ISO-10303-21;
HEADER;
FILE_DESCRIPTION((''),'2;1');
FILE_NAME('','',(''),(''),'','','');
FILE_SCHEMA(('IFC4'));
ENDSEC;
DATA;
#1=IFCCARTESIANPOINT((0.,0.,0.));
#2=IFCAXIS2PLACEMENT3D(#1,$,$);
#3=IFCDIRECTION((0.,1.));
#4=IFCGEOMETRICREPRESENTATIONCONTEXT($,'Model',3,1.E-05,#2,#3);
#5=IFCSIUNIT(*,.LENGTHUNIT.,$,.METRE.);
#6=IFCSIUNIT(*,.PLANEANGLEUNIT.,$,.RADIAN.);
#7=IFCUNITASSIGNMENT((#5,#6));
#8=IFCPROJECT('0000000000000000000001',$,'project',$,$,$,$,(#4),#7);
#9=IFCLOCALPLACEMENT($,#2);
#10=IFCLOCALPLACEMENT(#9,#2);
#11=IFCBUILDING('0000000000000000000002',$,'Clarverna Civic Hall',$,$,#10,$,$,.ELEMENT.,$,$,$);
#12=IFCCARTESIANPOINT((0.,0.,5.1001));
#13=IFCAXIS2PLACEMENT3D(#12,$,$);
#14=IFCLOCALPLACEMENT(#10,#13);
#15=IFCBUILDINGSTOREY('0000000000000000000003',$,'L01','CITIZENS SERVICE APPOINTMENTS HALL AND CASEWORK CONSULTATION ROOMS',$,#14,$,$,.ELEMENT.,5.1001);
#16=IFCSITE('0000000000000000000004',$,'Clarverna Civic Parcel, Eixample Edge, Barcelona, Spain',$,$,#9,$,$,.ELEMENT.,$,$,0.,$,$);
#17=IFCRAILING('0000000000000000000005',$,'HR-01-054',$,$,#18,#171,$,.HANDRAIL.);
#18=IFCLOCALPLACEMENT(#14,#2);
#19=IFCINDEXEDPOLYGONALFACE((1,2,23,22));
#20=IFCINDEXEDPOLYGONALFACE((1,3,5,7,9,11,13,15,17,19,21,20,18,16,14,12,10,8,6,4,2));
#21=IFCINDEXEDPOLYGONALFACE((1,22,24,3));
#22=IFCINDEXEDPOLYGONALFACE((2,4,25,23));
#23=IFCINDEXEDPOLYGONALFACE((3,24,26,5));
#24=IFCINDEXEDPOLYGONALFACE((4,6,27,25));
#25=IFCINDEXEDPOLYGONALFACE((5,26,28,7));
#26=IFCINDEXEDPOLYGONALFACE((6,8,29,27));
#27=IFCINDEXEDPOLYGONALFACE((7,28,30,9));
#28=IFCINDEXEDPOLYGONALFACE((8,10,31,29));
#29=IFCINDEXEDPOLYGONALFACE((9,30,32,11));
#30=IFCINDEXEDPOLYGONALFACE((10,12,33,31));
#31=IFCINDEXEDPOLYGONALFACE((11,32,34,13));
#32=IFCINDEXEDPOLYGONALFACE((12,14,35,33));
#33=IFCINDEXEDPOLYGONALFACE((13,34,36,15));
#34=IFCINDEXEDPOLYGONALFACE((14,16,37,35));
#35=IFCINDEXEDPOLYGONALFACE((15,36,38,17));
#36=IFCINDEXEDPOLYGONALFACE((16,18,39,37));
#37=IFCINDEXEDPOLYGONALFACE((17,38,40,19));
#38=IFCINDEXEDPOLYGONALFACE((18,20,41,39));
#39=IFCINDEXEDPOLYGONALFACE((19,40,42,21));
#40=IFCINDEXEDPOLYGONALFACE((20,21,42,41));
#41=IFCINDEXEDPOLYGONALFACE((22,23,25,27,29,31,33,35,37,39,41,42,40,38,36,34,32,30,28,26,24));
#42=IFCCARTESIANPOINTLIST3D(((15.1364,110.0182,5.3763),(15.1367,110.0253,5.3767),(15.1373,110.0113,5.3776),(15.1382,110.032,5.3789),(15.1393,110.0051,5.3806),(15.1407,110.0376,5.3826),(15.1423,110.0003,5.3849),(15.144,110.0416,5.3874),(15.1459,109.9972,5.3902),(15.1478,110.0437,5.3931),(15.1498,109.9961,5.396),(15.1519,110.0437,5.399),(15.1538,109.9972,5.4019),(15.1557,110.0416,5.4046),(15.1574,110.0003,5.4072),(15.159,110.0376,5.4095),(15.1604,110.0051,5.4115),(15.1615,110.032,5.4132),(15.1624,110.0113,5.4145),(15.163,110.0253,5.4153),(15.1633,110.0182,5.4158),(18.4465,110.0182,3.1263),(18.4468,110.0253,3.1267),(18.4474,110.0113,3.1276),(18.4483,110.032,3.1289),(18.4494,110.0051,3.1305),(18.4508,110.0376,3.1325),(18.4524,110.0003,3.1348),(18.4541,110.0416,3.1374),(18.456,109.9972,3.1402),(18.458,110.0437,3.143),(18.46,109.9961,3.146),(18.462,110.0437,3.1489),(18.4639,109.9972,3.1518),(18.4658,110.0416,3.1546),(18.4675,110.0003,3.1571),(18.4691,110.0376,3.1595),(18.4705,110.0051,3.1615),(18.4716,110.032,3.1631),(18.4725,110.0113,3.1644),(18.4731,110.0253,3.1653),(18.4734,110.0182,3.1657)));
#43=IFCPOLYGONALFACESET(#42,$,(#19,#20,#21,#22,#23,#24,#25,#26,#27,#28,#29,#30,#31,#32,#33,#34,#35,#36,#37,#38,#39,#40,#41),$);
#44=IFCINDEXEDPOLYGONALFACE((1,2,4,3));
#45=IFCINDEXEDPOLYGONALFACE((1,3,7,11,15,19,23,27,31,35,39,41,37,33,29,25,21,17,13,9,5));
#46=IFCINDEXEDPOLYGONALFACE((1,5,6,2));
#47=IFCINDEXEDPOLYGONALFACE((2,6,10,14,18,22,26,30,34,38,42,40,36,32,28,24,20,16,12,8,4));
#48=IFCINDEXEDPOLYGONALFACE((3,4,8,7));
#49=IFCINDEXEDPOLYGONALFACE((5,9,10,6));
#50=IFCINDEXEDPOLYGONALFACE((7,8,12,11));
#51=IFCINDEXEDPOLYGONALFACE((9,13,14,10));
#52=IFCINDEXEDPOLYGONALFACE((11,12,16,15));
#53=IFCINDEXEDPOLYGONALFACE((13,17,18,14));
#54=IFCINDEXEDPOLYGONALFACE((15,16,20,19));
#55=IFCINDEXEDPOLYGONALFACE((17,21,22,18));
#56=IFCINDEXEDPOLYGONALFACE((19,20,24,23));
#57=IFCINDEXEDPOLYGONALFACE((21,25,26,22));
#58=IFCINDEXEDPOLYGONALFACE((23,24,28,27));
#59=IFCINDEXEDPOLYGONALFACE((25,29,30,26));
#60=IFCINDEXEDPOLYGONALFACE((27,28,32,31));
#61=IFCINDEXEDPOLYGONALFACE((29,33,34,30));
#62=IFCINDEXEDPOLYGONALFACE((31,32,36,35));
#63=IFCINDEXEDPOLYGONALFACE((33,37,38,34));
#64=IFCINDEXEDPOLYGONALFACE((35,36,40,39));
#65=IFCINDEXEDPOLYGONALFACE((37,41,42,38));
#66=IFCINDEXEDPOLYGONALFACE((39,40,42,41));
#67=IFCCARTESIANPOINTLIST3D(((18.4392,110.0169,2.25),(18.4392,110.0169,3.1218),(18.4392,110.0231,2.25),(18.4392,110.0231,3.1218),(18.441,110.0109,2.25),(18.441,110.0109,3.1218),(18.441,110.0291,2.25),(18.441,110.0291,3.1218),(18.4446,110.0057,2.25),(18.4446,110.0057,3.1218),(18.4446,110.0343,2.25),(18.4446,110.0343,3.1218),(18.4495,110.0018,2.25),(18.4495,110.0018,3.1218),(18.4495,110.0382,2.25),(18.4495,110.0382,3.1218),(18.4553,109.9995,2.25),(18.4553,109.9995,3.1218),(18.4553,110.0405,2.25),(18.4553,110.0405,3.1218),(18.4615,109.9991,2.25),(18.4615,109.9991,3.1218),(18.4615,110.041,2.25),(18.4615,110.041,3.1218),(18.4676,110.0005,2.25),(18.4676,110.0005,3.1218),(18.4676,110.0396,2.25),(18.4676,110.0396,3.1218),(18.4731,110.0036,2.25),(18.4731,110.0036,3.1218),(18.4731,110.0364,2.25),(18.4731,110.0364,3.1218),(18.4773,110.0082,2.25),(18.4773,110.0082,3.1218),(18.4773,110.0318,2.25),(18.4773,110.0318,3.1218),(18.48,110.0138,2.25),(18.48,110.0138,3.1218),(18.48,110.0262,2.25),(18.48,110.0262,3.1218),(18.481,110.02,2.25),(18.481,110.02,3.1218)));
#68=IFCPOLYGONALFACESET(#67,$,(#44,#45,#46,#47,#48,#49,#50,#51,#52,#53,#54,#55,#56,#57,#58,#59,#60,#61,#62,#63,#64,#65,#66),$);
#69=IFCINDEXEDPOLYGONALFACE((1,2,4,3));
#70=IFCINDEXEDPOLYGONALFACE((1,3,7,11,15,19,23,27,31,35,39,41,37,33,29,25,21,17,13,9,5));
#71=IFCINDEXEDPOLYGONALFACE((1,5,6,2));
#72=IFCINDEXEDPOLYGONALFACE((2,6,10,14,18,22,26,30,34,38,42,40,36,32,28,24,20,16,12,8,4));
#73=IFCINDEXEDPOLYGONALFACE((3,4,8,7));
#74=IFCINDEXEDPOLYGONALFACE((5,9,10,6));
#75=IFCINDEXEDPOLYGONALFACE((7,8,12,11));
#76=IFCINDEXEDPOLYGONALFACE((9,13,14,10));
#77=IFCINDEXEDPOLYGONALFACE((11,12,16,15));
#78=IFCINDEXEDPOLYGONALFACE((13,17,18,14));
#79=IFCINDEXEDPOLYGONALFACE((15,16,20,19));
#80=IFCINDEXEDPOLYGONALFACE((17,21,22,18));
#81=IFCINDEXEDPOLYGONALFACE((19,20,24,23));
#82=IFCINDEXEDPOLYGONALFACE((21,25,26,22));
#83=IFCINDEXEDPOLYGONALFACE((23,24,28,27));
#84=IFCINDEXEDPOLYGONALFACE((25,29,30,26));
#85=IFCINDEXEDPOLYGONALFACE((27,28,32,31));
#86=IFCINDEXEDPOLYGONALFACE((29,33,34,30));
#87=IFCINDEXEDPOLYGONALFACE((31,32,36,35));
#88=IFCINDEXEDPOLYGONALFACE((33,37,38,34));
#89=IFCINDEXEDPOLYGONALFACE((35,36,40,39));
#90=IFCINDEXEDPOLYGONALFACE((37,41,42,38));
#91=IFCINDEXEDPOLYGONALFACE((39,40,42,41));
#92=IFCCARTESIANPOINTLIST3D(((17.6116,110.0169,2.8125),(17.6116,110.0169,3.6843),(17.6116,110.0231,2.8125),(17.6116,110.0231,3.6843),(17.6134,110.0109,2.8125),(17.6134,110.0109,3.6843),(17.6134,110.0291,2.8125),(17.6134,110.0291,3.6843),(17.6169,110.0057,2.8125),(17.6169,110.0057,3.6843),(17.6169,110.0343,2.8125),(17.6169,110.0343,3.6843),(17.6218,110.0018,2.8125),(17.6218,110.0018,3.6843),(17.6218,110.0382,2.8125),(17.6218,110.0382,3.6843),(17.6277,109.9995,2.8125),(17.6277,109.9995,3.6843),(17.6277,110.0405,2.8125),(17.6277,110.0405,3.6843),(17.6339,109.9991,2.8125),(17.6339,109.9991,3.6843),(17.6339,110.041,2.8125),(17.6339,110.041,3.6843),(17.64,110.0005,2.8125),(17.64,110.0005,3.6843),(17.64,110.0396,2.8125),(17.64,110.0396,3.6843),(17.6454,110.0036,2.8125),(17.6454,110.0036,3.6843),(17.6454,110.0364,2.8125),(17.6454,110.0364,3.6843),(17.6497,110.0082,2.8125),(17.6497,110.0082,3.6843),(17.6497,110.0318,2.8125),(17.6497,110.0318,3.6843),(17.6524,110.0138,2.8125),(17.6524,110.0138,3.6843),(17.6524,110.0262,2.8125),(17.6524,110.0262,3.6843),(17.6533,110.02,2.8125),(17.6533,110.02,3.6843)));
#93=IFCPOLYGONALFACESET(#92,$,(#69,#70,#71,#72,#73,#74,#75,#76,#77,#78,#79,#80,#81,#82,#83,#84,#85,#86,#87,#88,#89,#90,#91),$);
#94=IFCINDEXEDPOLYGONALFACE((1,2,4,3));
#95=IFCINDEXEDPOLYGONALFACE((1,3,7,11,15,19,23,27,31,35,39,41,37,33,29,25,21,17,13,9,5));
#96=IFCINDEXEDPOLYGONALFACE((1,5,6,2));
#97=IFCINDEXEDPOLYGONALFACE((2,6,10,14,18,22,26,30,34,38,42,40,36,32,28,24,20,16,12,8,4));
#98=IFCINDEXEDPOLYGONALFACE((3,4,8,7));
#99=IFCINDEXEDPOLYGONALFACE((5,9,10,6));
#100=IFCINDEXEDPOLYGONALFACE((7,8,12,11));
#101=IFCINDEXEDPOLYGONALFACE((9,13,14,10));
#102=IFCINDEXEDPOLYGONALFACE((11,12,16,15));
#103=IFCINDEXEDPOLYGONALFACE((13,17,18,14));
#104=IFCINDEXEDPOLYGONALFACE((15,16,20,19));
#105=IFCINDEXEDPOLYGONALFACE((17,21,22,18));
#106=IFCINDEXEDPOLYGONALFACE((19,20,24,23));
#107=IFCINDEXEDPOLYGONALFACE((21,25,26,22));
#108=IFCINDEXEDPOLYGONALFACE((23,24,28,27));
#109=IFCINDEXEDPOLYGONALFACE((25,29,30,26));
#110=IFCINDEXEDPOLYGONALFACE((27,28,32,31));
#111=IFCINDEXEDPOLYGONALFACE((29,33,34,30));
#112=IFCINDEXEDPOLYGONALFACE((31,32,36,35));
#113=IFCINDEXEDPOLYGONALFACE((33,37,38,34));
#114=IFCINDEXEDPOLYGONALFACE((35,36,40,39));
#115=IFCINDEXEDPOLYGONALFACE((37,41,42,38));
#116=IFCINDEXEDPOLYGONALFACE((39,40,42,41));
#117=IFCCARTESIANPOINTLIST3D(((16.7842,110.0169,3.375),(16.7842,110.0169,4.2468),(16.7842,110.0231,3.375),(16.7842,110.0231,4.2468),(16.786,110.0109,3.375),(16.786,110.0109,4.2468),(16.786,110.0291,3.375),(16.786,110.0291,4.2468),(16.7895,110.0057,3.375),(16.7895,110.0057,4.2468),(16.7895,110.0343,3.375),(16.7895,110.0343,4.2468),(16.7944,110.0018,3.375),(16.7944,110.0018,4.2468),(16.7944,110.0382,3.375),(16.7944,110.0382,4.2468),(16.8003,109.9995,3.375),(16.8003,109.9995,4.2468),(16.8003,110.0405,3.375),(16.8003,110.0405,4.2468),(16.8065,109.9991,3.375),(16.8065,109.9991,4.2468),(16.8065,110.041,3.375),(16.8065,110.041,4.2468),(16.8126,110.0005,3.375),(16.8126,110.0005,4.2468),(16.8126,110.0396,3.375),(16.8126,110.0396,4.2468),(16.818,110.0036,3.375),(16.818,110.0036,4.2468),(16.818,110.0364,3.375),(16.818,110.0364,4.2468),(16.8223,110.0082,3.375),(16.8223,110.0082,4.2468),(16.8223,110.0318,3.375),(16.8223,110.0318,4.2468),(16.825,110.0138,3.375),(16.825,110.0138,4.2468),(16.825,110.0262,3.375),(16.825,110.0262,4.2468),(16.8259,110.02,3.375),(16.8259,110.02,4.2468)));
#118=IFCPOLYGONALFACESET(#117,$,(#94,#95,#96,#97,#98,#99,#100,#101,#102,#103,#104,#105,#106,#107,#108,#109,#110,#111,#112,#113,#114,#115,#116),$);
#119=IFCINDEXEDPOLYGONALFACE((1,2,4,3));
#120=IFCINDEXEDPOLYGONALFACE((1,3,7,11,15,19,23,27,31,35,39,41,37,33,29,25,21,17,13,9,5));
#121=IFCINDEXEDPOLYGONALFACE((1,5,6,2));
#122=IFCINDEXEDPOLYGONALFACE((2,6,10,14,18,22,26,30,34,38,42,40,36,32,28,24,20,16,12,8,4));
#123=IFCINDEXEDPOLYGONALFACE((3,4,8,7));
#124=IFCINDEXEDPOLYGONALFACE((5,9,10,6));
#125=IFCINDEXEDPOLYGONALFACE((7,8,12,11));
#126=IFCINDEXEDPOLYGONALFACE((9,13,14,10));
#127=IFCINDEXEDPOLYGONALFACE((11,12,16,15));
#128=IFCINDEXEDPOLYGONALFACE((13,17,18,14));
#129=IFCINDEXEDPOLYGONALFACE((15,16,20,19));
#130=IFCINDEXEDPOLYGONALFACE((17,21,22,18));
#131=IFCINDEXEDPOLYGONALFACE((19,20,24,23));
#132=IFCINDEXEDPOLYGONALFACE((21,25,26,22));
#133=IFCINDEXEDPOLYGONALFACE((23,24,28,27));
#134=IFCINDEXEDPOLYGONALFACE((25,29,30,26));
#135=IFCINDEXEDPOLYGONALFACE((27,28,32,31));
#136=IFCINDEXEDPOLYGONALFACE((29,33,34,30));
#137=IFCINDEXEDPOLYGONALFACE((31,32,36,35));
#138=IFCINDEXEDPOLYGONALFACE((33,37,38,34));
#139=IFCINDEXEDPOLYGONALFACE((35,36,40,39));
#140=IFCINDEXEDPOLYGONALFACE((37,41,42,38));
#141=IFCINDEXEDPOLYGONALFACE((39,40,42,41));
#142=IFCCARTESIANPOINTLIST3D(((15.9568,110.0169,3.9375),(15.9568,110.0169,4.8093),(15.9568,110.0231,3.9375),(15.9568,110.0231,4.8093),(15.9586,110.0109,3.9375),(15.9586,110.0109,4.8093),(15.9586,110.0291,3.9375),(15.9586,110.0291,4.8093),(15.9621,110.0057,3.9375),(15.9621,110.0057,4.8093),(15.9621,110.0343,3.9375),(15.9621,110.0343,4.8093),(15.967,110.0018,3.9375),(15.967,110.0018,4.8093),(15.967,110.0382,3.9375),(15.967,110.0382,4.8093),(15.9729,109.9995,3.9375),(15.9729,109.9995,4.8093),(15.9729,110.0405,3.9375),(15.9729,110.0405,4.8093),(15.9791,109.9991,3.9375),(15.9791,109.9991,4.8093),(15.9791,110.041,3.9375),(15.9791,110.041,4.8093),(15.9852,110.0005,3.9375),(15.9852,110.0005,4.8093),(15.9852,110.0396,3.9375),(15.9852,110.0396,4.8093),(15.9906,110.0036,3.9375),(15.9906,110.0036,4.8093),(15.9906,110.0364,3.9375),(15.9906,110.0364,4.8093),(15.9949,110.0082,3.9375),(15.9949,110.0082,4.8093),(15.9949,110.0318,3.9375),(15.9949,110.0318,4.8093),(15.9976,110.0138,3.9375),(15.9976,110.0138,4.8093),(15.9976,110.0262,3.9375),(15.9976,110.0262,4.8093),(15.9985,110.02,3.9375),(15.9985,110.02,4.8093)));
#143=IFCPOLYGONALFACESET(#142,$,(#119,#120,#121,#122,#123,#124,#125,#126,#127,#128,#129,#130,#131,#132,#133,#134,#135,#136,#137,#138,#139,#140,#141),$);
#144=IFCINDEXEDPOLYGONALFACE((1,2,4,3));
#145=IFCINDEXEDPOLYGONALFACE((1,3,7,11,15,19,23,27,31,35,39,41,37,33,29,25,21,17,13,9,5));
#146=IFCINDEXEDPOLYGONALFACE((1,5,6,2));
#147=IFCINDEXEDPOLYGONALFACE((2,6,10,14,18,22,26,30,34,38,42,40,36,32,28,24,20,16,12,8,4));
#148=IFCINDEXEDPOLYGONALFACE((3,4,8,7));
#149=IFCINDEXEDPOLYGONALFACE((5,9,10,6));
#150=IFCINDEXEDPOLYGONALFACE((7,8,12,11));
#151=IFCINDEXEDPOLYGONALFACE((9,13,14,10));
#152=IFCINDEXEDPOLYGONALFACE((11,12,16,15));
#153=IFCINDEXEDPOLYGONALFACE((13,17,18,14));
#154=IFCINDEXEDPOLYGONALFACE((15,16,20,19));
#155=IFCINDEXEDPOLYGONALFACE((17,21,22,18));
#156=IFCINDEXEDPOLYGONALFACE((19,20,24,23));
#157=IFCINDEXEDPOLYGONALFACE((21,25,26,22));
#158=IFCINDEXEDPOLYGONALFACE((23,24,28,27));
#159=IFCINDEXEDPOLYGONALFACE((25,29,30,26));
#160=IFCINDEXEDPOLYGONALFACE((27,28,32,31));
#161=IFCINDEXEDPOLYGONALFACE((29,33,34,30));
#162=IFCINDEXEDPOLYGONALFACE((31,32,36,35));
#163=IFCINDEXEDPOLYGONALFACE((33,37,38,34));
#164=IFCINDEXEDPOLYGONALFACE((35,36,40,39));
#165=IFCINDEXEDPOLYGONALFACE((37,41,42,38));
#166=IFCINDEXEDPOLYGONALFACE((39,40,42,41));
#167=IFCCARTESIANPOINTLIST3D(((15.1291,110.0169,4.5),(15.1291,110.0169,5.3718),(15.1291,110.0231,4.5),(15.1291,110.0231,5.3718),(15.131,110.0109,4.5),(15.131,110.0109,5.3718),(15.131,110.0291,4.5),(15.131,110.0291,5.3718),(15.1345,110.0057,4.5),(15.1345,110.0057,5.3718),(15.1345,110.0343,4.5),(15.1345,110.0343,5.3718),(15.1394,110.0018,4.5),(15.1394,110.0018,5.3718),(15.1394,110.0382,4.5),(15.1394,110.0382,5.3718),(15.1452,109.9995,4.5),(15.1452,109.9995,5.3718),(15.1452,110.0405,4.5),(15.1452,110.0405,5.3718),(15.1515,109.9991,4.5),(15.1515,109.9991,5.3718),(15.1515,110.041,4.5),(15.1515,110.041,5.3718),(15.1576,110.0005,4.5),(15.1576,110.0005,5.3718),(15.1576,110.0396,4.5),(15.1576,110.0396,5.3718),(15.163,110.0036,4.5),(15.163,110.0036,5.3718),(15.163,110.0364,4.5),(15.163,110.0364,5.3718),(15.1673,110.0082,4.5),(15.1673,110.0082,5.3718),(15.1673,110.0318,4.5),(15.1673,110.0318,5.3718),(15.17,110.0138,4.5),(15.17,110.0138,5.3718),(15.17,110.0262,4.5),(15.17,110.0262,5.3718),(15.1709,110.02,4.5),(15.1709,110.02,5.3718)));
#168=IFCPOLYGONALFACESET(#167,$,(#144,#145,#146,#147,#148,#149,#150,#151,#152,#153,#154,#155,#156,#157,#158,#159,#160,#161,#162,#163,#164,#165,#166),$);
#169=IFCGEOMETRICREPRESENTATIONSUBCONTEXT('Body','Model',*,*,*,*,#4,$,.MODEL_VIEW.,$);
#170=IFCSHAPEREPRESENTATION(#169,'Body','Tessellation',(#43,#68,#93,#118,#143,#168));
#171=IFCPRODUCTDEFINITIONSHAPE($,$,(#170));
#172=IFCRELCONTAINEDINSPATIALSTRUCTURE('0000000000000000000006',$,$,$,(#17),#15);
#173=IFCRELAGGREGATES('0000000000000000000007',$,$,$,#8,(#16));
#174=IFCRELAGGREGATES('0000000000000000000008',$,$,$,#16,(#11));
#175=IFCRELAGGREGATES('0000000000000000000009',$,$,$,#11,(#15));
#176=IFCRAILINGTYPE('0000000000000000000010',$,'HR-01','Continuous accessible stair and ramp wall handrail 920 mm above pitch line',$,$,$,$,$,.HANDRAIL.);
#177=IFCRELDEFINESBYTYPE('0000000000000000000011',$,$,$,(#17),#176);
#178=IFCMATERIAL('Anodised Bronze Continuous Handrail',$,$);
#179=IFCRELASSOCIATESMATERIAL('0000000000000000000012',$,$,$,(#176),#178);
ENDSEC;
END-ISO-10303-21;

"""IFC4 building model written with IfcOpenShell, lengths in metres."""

from ifc_helpers import new_model, si_unit, direction, frame, origin, origin_2d, place, context, subcontext, project, spatial, circle, extrude, material, type_object, element, save


model = new_model("IFC4")

# Units and contexts
model_context = context("Model", 3, precision=1e-05, world=origin(), true_north=direction((0.0, 1.0)))
body_context = subcontext(model_context, "Body", "Model", "MODEL_VIEW")
ifc_project = project(units=[si_unit("LENGTHUNIT", "METRE"), si_unit("PLANEANGLEUNIT", "RADIAN")], contexts=[model_context])

# Site, building, storey
site_placement = place(None, origin())
site = spatial("IfcSite", under=ifc_project, at=site_placement, Name="Clarverna Civic Parcel, Eixample Edge, Barcelona, Spain", CompositionType="ELEMENT", RefElevation=0.0)
building_placement = place(site_placement, origin())
building = spatial("IfcBuilding", under=site, at=building_placement, Name="Clarverna Civic Hall", CompositionType="ELEMENT")
storey_placement = place(building_placement, frame((0.0, 0.0, 5.1001)))
storey = spatial("IfcBuildingStorey", under=building, at=storey_placement, Name="L01", Description="CITIZENS SERVICE APPOINTMENTS HALL AND CASEWORK CONSULTATION ROOMS", CompositionType="ELEMENT", Elevation=5.1001)

# Railing
ifc_material_1 = material(Name="Anodised Bronze Continuous Handrail")
railing_type = type_object("IfcRailingType", Name="HR-01", Description="Continuous accessible stair and ramp wall handrail 920 mm above pitch line", PredefinedType="HANDRAIL", material=ifc_material_1)
railing_placement = place(storey_placement, frame((18.46, 110.02, 2.25)))
element("IfcRailing", 1, at=railing_placement, inside=storey, type_object=railing_type, Name="HR-01-054", PredefinedType="HANDRAIL", context=body_context, shape_type="SweptSolid", body=[
    extrude(circle(Radius=0.0239, at=origin_2d()), frame((0.0, 0.0, 0.896), z_axis=(-0.827024, 0.0, 0.562167), x_axis=(0.0, -1.0, 0.0)), (0.0, 0.0, 1.0), 4.0024),
    extrude(circle(Radius=0.021, at=origin_2d()), origin(), (0.0, 0.0, 1.0), 0.8718),
    extrude(circle(Radius=0.021, at=origin_2d()), frame((-0.8276, 0.0, 0.5625)), (0.0, 0.0, 1.0), 0.8718),
    extrude(circle(Radius=0.021, at=origin_2d()), frame((-1.655, 0.0, 1.125)), (0.0, 0.0, 1.0), 0.8718),
    extrude(circle(Radius=0.021, at=origin_2d()), frame((-2.4824, 0.0, 1.6875)), (0.0, 0.0, 1.0), 0.8718),
    extrude(circle(Radius=0.021, at=origin_2d()), frame((-3.3101, 0.0, 2.25)), (0.0, 0.0, 1.0), 0.8718),
])

save(model, "model.ifc")
